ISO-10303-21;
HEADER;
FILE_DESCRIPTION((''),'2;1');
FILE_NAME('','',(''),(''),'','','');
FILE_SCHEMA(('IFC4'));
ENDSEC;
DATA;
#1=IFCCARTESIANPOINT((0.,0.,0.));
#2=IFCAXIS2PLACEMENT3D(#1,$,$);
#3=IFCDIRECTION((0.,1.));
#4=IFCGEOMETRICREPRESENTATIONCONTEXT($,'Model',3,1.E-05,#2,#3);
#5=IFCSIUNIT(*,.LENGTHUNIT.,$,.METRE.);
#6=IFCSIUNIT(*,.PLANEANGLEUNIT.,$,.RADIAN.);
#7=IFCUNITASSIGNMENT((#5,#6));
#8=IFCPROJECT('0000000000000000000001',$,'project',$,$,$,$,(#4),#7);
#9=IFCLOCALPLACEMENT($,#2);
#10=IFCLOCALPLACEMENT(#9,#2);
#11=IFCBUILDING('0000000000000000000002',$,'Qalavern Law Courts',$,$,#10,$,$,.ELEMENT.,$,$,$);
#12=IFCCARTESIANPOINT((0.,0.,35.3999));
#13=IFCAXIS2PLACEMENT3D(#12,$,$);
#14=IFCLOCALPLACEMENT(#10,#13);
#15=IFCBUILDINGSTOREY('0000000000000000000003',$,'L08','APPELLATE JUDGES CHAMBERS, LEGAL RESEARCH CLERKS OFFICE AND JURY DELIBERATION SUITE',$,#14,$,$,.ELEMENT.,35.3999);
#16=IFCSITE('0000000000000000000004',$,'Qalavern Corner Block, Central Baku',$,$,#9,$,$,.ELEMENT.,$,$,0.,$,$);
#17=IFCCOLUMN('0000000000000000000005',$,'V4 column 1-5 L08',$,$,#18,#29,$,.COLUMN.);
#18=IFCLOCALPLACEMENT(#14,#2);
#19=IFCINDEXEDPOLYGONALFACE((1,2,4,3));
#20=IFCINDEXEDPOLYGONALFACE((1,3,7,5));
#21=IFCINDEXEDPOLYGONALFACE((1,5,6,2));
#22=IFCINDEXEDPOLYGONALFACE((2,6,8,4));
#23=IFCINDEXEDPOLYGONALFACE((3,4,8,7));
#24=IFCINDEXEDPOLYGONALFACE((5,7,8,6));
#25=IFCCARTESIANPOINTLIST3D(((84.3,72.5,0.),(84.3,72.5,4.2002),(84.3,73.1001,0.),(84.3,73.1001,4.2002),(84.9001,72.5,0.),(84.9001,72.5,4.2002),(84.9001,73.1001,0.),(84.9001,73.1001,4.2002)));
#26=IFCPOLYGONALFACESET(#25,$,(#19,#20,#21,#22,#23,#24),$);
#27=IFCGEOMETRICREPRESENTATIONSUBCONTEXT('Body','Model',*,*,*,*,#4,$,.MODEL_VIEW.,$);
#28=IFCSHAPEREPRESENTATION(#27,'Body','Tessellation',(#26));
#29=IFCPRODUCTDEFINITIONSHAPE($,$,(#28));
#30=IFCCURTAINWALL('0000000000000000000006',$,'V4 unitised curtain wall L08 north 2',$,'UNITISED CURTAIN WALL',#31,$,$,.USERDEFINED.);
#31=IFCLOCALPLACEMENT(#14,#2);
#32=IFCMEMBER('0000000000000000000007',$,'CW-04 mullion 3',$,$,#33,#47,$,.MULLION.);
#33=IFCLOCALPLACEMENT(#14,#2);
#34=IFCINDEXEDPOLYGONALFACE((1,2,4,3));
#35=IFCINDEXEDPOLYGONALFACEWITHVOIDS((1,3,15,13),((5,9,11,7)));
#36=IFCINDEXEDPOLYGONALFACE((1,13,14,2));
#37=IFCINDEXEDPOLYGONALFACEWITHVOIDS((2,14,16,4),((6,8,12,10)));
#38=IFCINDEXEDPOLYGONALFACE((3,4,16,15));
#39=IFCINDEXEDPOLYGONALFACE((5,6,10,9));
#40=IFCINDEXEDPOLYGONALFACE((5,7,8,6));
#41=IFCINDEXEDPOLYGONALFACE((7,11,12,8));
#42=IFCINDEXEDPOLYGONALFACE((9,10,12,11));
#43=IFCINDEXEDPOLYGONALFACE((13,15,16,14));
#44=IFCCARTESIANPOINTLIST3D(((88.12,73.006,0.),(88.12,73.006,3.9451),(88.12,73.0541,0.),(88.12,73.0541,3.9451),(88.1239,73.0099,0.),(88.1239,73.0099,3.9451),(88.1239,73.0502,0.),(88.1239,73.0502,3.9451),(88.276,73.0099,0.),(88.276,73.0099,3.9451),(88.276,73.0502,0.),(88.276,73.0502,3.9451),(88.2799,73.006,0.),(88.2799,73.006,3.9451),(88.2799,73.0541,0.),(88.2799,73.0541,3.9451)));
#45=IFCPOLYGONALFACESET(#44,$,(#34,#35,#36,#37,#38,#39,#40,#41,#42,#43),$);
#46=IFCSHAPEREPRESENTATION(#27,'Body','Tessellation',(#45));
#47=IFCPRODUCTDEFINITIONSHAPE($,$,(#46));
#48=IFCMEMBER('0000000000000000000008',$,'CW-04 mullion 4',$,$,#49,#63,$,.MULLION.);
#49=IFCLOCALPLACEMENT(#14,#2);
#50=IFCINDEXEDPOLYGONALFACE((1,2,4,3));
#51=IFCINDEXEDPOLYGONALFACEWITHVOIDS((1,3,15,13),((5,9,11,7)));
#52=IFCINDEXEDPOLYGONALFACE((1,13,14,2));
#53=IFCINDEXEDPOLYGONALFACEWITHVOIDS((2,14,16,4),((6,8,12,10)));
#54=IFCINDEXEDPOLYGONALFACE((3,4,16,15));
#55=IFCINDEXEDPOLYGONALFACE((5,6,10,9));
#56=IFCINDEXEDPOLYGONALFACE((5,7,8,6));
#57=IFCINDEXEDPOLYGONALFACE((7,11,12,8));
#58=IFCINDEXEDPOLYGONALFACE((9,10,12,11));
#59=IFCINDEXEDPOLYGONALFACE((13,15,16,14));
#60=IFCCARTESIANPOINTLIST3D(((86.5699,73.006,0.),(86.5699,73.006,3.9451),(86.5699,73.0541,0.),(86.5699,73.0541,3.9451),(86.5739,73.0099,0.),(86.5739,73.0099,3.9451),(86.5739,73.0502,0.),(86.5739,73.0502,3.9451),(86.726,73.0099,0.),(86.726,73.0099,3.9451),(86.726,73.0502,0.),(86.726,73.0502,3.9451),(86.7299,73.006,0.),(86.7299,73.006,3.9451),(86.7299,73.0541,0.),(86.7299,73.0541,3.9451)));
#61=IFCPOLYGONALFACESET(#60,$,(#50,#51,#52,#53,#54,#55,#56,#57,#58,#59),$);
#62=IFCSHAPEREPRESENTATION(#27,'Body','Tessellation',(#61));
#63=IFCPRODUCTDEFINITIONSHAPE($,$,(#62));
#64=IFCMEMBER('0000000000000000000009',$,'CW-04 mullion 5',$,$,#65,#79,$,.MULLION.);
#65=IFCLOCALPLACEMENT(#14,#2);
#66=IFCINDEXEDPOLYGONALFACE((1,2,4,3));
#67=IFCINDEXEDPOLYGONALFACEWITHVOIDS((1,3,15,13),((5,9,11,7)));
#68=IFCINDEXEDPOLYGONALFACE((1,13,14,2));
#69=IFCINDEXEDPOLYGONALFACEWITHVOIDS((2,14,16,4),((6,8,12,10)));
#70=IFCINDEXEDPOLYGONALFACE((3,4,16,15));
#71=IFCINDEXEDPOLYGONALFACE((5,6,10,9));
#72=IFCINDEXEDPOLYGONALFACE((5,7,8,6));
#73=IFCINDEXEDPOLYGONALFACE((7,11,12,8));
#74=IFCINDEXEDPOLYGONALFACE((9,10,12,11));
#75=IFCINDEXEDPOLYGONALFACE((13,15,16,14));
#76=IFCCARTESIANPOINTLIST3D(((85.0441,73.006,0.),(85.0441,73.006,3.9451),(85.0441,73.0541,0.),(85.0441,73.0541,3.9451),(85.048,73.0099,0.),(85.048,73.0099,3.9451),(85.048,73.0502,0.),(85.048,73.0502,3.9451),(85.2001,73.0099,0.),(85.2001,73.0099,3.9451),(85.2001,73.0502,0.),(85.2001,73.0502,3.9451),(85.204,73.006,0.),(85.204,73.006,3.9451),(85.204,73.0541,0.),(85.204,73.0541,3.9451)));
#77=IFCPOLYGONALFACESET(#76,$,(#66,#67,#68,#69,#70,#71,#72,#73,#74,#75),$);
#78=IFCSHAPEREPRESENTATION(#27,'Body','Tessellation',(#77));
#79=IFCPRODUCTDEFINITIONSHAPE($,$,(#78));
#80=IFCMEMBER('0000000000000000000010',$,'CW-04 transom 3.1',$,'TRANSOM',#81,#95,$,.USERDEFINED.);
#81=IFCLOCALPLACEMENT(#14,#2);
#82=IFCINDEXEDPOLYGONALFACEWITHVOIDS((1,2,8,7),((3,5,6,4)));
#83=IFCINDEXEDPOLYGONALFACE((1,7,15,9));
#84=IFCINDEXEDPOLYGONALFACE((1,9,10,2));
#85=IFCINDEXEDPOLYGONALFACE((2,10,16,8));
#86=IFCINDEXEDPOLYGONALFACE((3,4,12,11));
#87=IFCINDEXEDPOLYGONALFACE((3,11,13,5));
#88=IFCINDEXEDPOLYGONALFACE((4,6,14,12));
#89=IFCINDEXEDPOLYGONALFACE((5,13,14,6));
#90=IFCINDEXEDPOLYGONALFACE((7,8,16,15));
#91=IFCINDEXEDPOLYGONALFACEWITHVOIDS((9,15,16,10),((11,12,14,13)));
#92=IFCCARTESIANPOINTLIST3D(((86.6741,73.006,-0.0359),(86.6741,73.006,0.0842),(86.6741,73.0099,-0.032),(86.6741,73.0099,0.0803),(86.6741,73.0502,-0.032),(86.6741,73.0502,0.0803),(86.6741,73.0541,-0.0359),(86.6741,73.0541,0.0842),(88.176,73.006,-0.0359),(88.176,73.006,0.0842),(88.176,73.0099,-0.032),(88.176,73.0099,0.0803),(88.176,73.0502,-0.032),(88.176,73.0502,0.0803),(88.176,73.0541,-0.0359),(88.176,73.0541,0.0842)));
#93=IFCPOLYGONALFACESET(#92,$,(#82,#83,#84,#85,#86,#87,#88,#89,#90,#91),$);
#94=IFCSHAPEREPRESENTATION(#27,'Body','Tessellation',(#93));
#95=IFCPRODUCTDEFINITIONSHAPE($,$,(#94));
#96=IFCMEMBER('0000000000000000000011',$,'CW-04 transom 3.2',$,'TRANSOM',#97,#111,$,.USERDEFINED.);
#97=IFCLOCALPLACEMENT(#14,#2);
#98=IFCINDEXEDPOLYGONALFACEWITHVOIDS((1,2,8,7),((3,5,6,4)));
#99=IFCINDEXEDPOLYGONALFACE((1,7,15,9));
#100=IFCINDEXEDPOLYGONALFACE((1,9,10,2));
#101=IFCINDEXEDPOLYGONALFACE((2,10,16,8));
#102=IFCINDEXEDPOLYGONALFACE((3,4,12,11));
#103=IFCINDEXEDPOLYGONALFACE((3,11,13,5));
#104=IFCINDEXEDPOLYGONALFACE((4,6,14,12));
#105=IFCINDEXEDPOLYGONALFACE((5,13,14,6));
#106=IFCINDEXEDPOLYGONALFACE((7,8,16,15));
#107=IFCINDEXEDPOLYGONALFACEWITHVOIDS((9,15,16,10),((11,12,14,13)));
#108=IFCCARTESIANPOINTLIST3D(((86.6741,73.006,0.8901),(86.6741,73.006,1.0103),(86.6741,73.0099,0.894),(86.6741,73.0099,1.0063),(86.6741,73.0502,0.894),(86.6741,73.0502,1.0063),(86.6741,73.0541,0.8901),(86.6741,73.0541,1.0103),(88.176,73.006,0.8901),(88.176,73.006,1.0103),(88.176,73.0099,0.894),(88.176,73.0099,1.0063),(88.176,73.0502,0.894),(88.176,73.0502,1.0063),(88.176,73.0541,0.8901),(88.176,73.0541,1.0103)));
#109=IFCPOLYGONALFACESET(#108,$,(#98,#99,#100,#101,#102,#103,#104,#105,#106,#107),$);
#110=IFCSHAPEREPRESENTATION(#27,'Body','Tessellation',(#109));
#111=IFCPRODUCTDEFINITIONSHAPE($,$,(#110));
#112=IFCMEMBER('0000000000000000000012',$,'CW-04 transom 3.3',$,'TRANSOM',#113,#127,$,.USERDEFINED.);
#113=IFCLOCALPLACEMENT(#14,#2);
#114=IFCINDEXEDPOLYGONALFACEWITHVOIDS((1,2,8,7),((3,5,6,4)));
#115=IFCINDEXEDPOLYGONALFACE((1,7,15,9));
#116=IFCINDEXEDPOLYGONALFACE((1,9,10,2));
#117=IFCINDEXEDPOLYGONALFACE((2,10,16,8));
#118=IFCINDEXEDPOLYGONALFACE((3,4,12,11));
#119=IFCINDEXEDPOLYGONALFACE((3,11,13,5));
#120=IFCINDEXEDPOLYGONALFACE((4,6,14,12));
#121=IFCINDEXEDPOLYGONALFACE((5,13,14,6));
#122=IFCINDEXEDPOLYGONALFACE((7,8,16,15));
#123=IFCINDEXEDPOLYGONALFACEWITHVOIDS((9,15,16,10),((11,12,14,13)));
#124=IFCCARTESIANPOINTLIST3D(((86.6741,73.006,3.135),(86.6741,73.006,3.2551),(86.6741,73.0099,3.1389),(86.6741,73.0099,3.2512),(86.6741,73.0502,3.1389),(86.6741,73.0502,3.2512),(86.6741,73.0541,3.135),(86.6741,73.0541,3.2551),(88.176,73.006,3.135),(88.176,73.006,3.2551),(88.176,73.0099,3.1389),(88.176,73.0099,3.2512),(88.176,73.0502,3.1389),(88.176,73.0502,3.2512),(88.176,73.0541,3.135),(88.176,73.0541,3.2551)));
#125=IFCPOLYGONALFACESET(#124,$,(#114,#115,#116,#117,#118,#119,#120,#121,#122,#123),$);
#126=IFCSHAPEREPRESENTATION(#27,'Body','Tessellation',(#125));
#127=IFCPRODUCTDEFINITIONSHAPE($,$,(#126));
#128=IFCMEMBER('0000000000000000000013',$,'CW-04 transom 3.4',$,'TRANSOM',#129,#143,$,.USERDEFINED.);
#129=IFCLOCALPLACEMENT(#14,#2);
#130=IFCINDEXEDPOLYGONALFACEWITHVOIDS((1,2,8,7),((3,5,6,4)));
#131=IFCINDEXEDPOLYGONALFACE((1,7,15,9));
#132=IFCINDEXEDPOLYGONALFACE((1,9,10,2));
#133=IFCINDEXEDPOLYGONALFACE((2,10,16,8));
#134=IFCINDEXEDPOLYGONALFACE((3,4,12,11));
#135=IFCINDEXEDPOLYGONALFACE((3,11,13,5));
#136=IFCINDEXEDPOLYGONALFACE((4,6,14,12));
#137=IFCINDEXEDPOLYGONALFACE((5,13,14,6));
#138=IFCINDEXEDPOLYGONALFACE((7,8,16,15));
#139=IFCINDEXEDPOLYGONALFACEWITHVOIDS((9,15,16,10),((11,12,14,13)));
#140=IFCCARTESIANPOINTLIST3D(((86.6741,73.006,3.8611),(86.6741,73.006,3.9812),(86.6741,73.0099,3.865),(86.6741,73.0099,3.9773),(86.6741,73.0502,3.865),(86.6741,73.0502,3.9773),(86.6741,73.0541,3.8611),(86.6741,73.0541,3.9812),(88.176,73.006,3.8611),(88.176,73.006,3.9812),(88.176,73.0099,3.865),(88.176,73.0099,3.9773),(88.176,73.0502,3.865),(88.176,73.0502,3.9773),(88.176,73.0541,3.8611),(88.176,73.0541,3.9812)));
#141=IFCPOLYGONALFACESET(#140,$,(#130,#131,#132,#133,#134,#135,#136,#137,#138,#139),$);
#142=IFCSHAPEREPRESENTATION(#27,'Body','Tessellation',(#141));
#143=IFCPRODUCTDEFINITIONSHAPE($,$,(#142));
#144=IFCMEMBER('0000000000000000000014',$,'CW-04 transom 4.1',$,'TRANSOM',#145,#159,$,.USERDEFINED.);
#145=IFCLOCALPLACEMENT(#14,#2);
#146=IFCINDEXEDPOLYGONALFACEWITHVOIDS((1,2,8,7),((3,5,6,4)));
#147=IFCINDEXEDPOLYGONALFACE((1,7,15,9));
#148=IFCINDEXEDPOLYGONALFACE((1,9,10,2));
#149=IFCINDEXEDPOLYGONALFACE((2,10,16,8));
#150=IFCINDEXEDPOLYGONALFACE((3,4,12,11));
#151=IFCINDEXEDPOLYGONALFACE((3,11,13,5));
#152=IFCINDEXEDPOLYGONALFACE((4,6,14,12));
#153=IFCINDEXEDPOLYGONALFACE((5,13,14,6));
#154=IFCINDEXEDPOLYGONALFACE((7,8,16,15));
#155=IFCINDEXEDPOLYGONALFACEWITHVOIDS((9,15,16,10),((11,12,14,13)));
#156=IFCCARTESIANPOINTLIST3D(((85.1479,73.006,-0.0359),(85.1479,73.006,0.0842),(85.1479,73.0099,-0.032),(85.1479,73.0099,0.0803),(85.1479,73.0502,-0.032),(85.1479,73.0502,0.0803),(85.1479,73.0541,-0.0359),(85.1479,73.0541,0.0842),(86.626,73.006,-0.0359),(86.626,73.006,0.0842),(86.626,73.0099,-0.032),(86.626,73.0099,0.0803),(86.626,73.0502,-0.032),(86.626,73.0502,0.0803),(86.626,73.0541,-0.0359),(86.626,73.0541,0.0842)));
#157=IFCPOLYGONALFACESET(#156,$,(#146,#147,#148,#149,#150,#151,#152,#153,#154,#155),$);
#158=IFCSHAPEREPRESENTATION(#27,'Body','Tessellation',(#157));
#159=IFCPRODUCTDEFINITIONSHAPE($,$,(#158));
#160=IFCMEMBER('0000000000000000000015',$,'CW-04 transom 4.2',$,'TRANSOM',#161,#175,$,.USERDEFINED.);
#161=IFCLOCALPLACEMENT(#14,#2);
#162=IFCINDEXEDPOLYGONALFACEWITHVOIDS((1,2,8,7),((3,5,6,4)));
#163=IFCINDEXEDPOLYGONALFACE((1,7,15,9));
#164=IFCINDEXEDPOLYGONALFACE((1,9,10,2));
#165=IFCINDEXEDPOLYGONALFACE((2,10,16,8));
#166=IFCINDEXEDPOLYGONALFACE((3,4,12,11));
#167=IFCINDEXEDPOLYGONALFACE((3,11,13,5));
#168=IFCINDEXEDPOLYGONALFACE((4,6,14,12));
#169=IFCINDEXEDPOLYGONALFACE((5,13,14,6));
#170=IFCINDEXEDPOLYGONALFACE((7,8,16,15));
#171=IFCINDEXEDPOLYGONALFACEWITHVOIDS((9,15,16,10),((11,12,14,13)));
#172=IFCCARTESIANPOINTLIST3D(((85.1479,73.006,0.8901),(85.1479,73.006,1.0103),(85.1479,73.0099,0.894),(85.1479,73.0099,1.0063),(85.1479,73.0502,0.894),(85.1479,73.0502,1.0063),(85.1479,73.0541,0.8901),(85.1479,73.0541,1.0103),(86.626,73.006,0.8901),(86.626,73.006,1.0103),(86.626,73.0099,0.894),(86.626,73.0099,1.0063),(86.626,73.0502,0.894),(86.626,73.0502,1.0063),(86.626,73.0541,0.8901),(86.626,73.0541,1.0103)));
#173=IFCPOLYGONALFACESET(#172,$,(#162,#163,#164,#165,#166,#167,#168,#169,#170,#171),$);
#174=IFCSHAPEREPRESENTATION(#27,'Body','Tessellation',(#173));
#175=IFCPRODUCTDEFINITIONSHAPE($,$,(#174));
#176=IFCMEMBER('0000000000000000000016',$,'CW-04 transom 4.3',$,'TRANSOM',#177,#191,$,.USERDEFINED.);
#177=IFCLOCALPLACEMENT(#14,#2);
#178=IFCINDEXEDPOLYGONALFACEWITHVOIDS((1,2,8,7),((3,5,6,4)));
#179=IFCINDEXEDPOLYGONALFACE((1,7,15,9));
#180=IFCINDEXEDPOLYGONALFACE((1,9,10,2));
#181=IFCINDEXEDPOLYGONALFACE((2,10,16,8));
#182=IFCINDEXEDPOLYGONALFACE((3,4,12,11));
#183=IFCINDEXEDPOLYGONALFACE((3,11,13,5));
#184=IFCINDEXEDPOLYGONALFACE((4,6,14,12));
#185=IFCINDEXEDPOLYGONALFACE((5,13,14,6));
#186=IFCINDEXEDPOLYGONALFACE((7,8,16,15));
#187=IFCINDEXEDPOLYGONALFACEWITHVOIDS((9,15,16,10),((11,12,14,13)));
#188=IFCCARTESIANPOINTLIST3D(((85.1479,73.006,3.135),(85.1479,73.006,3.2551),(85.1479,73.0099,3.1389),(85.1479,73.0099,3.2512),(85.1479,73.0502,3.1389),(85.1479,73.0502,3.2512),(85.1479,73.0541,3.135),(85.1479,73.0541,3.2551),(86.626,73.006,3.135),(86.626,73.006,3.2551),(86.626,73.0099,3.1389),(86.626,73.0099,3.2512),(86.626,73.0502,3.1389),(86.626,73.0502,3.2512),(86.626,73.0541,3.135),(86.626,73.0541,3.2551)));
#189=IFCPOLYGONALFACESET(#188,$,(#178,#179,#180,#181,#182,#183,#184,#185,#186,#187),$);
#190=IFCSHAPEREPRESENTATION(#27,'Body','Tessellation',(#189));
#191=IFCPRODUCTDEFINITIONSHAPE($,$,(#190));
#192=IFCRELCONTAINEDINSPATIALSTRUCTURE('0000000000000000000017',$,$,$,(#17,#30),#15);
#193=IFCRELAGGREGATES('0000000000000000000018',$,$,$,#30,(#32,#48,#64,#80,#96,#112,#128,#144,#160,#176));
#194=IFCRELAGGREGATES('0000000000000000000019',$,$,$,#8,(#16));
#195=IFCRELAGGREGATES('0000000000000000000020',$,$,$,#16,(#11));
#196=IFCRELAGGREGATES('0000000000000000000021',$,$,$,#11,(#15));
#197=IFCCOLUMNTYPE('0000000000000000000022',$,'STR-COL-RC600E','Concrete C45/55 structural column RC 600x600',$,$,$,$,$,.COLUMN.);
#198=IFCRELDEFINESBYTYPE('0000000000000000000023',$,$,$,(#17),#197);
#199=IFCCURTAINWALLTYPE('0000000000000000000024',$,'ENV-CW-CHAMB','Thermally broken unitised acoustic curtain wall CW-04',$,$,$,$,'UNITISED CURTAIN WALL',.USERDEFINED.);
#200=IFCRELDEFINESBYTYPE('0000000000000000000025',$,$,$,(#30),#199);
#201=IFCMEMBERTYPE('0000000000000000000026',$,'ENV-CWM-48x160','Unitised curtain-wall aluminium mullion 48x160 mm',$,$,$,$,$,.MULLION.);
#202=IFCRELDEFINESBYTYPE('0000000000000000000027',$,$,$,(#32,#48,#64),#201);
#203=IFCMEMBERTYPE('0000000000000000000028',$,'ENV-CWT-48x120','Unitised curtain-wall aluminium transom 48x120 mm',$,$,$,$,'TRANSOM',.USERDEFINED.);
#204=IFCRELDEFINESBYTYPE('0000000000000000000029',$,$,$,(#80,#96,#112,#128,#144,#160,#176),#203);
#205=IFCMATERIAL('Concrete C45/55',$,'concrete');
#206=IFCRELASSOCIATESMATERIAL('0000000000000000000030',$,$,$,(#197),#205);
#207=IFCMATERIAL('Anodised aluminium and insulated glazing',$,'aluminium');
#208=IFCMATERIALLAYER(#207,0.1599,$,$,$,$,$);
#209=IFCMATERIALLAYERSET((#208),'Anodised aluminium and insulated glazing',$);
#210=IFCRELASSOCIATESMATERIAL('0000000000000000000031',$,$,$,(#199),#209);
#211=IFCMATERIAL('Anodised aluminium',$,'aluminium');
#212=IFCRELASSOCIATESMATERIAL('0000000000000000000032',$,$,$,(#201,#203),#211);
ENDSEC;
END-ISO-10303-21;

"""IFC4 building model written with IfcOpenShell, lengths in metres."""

from ifc_helpers import new_model, si_unit, direction, frame, origin, origin_2d, place, context, subcontext, project, spatial, rectangle, hollow_rectangle, extrude, material, layer, layer_set, material_profile, profile_set, type_object, element, aggregate, save


model = new_model("IFC4")

# Units and contexts
model_context = context("Model", 3, precision=1e-05, world=origin(), true_north=direction((0.0, 1.0)))
body_context = subcontext(model_context, "Body", "Model", "MODEL_VIEW")
ifc_project = project(units=[si_unit("LENGTHUNIT", "METRE"), si_unit("PLANEANGLEUNIT", "RADIAN")], contexts=[model_context])

# Site, building, storey
site_placement = place(None, origin())
site = spatial("IfcSite", under=ifc_project, at=site_placement, Name="Qalavern Corner Block, Central Baku", CompositionType="ELEMENT", RefElevation=0.0)
building_placement = place(site_placement, origin())
building = spatial("IfcBuilding", under=site, at=building_placement, Name="Qalavern Law Courts", CompositionType="ELEMENT")
storey_placement = place(building_placement, frame((0.0, 0.0, 35.3999)))
storey = spatial("IfcBuildingStorey", under=building, at=storey_placement, Name="L08", Description="APPELLATE JUDGES CHAMBERS, LEGAL RESEARCH CLERKS OFFICE AND JURY DELIBERATION SUITE", CompositionType="ELEMENT", Elevation=35.3999)

# Column
ifc_material_1 = material(Name="Concrete C45/55", Category="concrete")
ifc_material_profile_1 = material_profile(ifc_material_1, rectangle(XDim=0.6001, YDim=0.6001, at=origin_2d()), Name="RC 600x600")
ifc_profile_set_1 = profile_set([ifc_material_profile_1], Name="Concrete C45/55")
column_type = type_object("IfcColumnType", Name="STR-COL-RC600E", Description="Concrete C45/55 structural column RC 600x600", PredefinedType="COLUMN", material=ifc_profile_set_1)
column_placement = place(storey_placement, frame((84.6001, 72.8, 0.0), z_axis=(0.0, 0.0, 1.0), x_axis=(1.0, 0.0, 0.0)))
element("IfcColumn", 1, at=column_placement, inside=storey, type_object=column_type, Name="V4 column 1-5 L08", PredefinedType="COLUMN", context=body_context, shape_type="SweptSolid", body=[
    extrude(rectangle(XDim=0.6001, YDim=0.6001, at=origin_2d()), origin(), (0.0, 0.0, 1.0), 4.2002),
])

# Curtain wall, members
ifc_material_2 = material(Name="Anodised aluminium and insulated glazing", Category="aluminium")
ifc_layer_1 = layer(ifc_material_2, 0.1599)
ifc_layer_set_1 = layer_set([ifc_layer_1], Name="Anodised aluminium and insulated glazing")
curtain_wall_type = type_object("IfcCurtainWallType", Name="ENV-CW-CHAMB", Description="Thermally broken unitised acoustic curtain wall CW-04", ElementType="UNITISED CURTAIN WALL", PredefinedType="USERDEFINED", material=ifc_layer_set_1)
curtain_wall_placement = place(storey_placement, origin())
curtain_wall = element("IfcCurtainWall", 2, at=curtain_wall_placement, inside=storey, type_object=curtain_wall_type, Name="V4 unitised curtain wall L08 north 2", ObjectType="UNITISED CURTAIN WALL", PredefinedType="USERDEFINED")
ifc_material_3 = material(Name="Anodised aluminium", Category="aluminium")
ifc_material_profile_2 = material_profile(ifc_material_3, hollow_rectangle(XDim=0.0481, YDim=0.1599, WallThickness=0.0039, at=origin_2d()), Name="ALU MULLION 48x160")
ifc_profile_set_2 = profile_set([ifc_material_profile_2], Name="Anodised aluminium")
member_type_1 = type_object("IfcMemberType", Name="ENV-CWM-48x160", Description="Unitised curtain-wall aluminium mullion 48x160 mm", PredefinedType="MULLION", material=ifc_profile_set_2)
member_1_placement = place(storey_placement, frame((88.2, 73.03, 0.0), z_axis=(0.0, 0.0, 1.0), x_axis=(0.0, -1.0, 0.0)))
member_1 = element("IfcMember", 3, at=member_1_placement, type_object=member_type_1, Name="CW-04 mullion 3", PredefinedType="MULLION", context=body_context, shape_type="SweptSolid", body=[
    extrude(hollow_rectangle(XDim=0.0481, YDim=0.1599, WallThickness=0.0039, at=origin_2d()), origin(), (0.0, 0.0, 1.0), 3.9451),
])
member_2_placement = place(storey_placement, frame((86.6499, 73.03, 0.0), z_axis=(0.0, 0.0, 1.0), x_axis=(0.0, -1.0, 0.0)))
member_2 = element("IfcMember", 4, at=member_2_placement, type_object=member_type_1, Name="CW-04 mullion 4", PredefinedType="MULLION", context=body_context, shape_type="SweptSolid", body=[
    extrude(hollow_rectangle(XDim=0.0481, YDim=0.1599, WallThickness=0.0039, at=origin_2d()), origin(), (0.0, 0.0, 1.0), 3.9451),
])
member_3_placement = place(storey_placement, frame((85.124, 73.03, 0.0), z_axis=(0.0, 0.0, 1.0), x_axis=(0.0, -1.0, 0.0)))
member_3 = element("IfcMember", 5, at=member_3_placement, type_object=member_type_1, Name="CW-04 mullion 5", PredefinedType="MULLION", context=body_context, shape_type="SweptSolid", body=[
    extrude(hollow_rectangle(XDim=0.0481, YDim=0.1599, WallThickness=0.0039, at=origin_2d()), origin(), (0.0, 0.0, 1.0), 3.9451),
])
ifc_material_profile_3 = material_profile(ifc_material_3, hollow_rectangle(XDim=0.0481, YDim=0.1201, WallThickness=0.0039, at=origin_2d()), Name="ALU TRANSOM 48x120")
ifc_profile_set_3 = profile_set([ifc_material_profile_3], Name="Anodised aluminium")
member_type_2 = type_object("IfcMemberType", Name="ENV-CWT-48x120", Description="Unitised curtain-wall aluminium transom 48x120 mm", ElementType="TRANSOM", PredefinedType="USERDEFINED", material=ifc_profile_set_3)
member_4_placement = place(storey_placement, frame((88.176, 73.03, 0.0242), z_axis=(-1.0, 0.0, 0.0), x_axis=(0.0, -1.0, 0.0)))
member_4 = element("IfcMember", 6, at=member_4_placement, type_object=member_type_2, Name="CW-04 transom 3.1", ObjectType="TRANSOM", PredefinedType="USERDEFINED", context=body_context, shape_type="SweptSolid", body=[
    extrude(hollow_rectangle(XDim=0.0481, YDim=0.1201, WallThickness=0.0039, at=origin_2d()), origin(), (0.0, 0.0, 1.0), 1.502),
])
member_5_placement = place(storey_placement, frame((88.176, 73.03, 0.9502), z_axis=(-1.0, 0.0, 0.0), x_axis=(0.0, -1.0, 0.0)))
member_5 = element("IfcMember", 7, at=member_5_placement, type_object=member_type_2, Name="CW-04 transom 3.2", ObjectType="TRANSOM", PredefinedType="USERDEFINED", context=body_context, shape_type="SweptSolid", body=[
    extrude(hollow_rectangle(XDim=0.0481, YDim=0.1201, WallThickness=0.0039, at=origin_2d()), origin(), (0.0, 0.0, 1.0), 1.502),
])
member_6_placement = place(storey_placement, frame((88.176, 73.03, 3.1951), z_axis=(-1.0, 0.0, 0.0), x_axis=(0.0, -1.0, 0.0)))
member_6 = element("IfcMember", 8, at=member_6_placement, type_object=member_type_2, Name="CW-04 transom 3.3", ObjectType="TRANSOM", PredefinedType="USERDEFINED", context=body_context, shape_type="SweptSolid", body=[
    extrude(hollow_rectangle(XDim=0.0481, YDim=0.1201, WallThickness=0.0039, at=origin_2d()), origin(), (0.0, 0.0, 1.0), 1.502),
])
member_7_placement = place(storey_placement, frame((88.176, 73.03, 3.9211), z_axis=(-1.0, 0.0, 0.0), x_axis=(0.0, -1.0, 0.0)))
member_7 = element("IfcMember", 9, at=member_7_placement, type_object=member_type_2, Name="CW-04 transom 3.4", ObjectType="TRANSOM", PredefinedType="USERDEFINED", context=body_context, shape_type="SweptSolid", body=[
    extrude(hollow_rectangle(XDim=0.0481, YDim=0.1201, WallThickness=0.0039, at=origin_2d()), origin(), (0.0, 0.0, 1.0), 1.502),
])
member_8_placement = place(storey_placement, frame((86.626, 73.03, 0.0242), z_axis=(-1.0, 0.0, 0.0), x_axis=(0.0, -1.0, 0.0)))
member_8 = element("IfcMember", 10, at=member_8_placement, type_object=member_type_2, Name="CW-04 transom 4.1", ObjectType="TRANSOM", PredefinedType="USERDEFINED", context=body_context, shape_type="SweptSolid", body=[
    extrude(hollow_rectangle(XDim=0.0481, YDim=0.1201, WallThickness=0.0039, at=origin_2d()), origin(), (0.0, 0.0, 1.0), 1.478),
])
member_9_placement = place(storey_placement, frame((86.626, 73.03, 0.9502), z_axis=(-1.0, 0.0, 0.0), x_axis=(0.0, -1.0, 0.0)))
member_9 = element("IfcMember", 11, at=member_9_placement, type_object=member_type_2, Name="CW-04 transom 4.2", ObjectType="TRANSOM", PredefinedType="USERDEFINED", context=body_context, shape_type="SweptSolid", body=[
    extrude(hollow_rectangle(XDim=0.0481, YDim=0.1201, WallThickness=0.0039, at=origin_2d()), origin(), (0.0, 0.0, 1.0), 1.478),
])
member_10_placement = place(storey_placement, frame((86.626, 73.03, 3.1951), z_axis=(-1.0, 0.0, 0.0), x_axis=(0.0, -1.0, 0.0)))
member_10 = element("IfcMember", 12, at=member_10_placement, type_object=member_type_2, Name="CW-04 transom 4.3", ObjectType="TRANSOM", PredefinedType="USERDEFINED", context=body_context, shape_type="SweptSolid", body=[
    extrude(hollow_rectangle(XDim=0.0481, YDim=0.1201, WallThickness=0.0039, at=origin_2d()), origin(), (0.0, 0.0, 1.0), 1.478),
])

aggregate(curtain_wall, [member_1, member_2, member_3, member_4, member_5, member_6, member_7, member_8, member_9, member_10])

save(model, "model.ifc")
